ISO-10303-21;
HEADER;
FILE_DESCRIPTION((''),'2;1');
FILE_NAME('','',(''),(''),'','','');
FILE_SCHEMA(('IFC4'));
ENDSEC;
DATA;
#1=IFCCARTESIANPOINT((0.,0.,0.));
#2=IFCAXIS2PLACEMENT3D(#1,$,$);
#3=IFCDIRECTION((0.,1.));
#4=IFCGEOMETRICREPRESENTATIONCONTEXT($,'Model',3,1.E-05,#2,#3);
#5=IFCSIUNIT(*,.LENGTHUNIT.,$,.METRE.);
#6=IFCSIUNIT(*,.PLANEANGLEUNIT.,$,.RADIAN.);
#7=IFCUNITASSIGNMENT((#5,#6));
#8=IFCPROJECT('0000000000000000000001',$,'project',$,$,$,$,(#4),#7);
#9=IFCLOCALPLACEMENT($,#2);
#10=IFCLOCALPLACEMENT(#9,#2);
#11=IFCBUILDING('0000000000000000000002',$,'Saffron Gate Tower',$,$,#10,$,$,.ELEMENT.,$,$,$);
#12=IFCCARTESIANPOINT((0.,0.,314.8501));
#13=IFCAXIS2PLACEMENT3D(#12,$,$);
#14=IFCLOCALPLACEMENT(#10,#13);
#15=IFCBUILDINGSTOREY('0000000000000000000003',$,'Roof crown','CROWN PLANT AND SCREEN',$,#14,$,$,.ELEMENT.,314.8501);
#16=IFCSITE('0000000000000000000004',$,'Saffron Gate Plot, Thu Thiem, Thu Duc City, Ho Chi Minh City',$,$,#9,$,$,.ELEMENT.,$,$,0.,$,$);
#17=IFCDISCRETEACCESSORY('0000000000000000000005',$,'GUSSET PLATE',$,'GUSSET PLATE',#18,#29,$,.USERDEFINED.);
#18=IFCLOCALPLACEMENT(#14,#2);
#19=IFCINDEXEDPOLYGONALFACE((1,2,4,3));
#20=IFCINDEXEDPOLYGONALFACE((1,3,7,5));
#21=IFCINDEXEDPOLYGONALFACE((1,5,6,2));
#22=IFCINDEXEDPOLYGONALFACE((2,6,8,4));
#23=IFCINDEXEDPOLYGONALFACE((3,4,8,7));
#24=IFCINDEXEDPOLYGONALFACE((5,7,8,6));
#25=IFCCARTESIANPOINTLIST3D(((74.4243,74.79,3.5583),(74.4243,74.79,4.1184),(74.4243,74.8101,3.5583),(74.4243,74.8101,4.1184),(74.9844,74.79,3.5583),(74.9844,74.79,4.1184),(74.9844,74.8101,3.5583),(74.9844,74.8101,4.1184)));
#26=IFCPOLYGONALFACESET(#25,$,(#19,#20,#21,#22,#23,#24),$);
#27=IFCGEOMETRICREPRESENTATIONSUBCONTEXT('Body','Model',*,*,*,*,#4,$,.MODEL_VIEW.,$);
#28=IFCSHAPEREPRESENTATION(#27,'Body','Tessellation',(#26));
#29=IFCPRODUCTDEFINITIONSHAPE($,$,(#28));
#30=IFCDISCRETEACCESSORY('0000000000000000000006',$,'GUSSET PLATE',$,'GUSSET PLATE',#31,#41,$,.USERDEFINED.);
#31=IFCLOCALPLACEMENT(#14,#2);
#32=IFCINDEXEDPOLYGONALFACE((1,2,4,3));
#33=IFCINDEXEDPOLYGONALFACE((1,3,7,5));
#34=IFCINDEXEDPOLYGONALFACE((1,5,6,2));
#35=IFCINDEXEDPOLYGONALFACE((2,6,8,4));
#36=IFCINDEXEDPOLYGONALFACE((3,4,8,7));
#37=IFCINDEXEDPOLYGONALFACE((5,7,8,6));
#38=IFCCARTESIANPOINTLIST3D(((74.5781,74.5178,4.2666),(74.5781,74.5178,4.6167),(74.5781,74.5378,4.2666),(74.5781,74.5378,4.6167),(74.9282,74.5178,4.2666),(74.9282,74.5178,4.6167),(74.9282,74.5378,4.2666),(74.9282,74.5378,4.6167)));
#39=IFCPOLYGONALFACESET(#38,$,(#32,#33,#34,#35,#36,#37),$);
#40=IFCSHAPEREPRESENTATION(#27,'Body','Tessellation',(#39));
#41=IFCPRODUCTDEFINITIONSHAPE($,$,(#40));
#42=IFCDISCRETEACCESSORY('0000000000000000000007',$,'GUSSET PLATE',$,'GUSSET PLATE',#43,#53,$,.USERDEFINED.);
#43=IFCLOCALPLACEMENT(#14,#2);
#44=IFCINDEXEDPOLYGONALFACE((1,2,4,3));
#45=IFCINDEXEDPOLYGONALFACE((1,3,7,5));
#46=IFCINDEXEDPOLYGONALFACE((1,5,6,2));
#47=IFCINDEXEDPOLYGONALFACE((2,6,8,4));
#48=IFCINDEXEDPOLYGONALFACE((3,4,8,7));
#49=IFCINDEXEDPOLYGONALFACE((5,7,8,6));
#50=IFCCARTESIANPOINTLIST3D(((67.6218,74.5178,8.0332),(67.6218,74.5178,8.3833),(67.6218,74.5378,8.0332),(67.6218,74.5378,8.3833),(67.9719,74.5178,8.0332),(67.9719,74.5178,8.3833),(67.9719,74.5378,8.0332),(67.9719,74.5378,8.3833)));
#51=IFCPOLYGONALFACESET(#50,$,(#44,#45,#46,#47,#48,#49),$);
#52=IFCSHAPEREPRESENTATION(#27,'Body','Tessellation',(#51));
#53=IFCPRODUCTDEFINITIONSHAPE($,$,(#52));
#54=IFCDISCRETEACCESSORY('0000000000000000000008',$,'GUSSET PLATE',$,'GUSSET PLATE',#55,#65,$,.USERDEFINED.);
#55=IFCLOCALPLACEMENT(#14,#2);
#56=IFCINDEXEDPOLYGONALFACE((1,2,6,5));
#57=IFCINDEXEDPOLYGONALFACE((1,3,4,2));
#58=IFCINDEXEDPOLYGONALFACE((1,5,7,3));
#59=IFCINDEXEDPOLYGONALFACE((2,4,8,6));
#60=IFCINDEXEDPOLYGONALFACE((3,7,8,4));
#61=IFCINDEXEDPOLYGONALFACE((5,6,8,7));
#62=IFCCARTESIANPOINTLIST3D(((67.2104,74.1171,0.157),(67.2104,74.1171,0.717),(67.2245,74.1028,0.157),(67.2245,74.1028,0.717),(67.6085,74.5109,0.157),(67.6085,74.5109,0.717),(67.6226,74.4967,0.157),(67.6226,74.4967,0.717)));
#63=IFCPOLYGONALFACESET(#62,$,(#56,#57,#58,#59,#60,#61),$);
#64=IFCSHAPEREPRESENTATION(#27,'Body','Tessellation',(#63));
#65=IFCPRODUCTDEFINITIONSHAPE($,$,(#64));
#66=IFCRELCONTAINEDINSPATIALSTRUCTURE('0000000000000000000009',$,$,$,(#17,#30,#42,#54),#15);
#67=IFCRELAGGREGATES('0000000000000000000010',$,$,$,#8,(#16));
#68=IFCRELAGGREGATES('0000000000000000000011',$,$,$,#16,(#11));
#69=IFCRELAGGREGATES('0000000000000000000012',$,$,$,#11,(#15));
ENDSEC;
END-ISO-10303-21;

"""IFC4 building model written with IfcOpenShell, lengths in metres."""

from ifc_helpers import new_model, si_unit, direction, frame, origin, origin_2d, place, context, subcontext, project, spatial, rectangle, extrude, element, save


model = new_model("IFC4")

# Units and contexts
model_context = context("Model", 3, precision=1e-05, world=origin(), true_north=direction((0.0, 1.0)))
body_context = subcontext(model_context, "Body", "Model", "MODEL_VIEW")
ifc_project = project(units=[si_unit("LENGTHUNIT", "METRE"), si_unit("PLANEANGLEUNIT", "RADIAN")], contexts=[model_context])

# Site, building, storey
site_placement = place(None, origin())
site = spatial("IfcSite", under=ifc_project, at=site_placement, Name="Saffron Gate Plot, Thu Thiem, Thu Duc City, Ho Chi Minh City", CompositionType="ELEMENT", RefElevation=0.0)
building_placement = place(site_placement, origin())
building = spatial("IfcBuilding", under=site, at=building_placement, Name="Saffron Gate Tower", CompositionType="ELEMENT")
storey_placement = place(building_placement, frame((0.0, 0.0, 314.8501)))
storey = spatial("IfcBuildingStorey", under=building, at=storey_placement, Name="Roof crown", Description="CROWN PLANT AND SCREEN", CompositionType="ELEMENT", Elevation=314.8501)

# Discrete accessories
for number, where, z_axis, x_axis, name in (
    (1, (74.7043, 74.8, 3.5583), (0.0, 0.0, 1.0), (1.0, 0.0, 0.0), "GUSSET PLATE"),
):
    element("IfcDiscreteAccessory", number, at=place(storey_placement, frame(where, z_axis=z_axis, x_axis=x_axis)), inside=storey, Name=name, ObjectType="GUSSET PLATE", PredefinedType="USERDEFINED", context=body_context, shape_type="SweptSolid", body=[
        extrude(rectangle(XDim=0.5601, YDim=0.02, at=origin_2d()), origin(), (0.0, 0.0, 1.0), 0.5601),
    ])
for number, where, z_axis, x_axis, name in (
    (2, (74.7532, 74.5278, 4.2666), (0.0, 0.0, 1.0), (-1.0, 0.0, 0.0), "GUSSET PLATE"),
    (3, (67.7969, 74.5278, 8.0332), (0.0, 0.0, 1.0), (-1.0, 0.0, 0.0), "GUSSET PLATE"),
):
    element("IfcDiscreteAccessory", number, at=place(storey_placement, frame(where, z_axis=z_axis, x_axis=x_axis)), inside=storey, Name=name, ObjectType="GUSSET PLATE", PredefinedType="USERDEFINED", context=body_context, shape_type="SweptSolid", body=[
        extrude(rectangle(XDim=0.3501, YDim=0.02, at=origin_2d()), origin(), (0.0, 0.0, 1.0), 0.3501),
    ])
discrete_accessory_placement = place(storey_placement, frame((67.4165, 74.3069, 0.157), z_axis=(0.0, 0.0, 1.0), x_axis=(-0.710901, -0.703292, 0.0)))
element("IfcDiscreteAccessory", 4, at=discrete_accessory_placement, inside=storey, Name="GUSSET PLATE", ObjectType="GUSSET PLATE", PredefinedType="USERDEFINED", context=body_context, shape_type="SweptSolid", body=[
    extrude(rectangle(XDim=0.5601, YDim=0.02, at=origin_2d()), origin(), (0.0, 0.0, 1.0), 0.5601),
])

save(model, "model.ifc")
